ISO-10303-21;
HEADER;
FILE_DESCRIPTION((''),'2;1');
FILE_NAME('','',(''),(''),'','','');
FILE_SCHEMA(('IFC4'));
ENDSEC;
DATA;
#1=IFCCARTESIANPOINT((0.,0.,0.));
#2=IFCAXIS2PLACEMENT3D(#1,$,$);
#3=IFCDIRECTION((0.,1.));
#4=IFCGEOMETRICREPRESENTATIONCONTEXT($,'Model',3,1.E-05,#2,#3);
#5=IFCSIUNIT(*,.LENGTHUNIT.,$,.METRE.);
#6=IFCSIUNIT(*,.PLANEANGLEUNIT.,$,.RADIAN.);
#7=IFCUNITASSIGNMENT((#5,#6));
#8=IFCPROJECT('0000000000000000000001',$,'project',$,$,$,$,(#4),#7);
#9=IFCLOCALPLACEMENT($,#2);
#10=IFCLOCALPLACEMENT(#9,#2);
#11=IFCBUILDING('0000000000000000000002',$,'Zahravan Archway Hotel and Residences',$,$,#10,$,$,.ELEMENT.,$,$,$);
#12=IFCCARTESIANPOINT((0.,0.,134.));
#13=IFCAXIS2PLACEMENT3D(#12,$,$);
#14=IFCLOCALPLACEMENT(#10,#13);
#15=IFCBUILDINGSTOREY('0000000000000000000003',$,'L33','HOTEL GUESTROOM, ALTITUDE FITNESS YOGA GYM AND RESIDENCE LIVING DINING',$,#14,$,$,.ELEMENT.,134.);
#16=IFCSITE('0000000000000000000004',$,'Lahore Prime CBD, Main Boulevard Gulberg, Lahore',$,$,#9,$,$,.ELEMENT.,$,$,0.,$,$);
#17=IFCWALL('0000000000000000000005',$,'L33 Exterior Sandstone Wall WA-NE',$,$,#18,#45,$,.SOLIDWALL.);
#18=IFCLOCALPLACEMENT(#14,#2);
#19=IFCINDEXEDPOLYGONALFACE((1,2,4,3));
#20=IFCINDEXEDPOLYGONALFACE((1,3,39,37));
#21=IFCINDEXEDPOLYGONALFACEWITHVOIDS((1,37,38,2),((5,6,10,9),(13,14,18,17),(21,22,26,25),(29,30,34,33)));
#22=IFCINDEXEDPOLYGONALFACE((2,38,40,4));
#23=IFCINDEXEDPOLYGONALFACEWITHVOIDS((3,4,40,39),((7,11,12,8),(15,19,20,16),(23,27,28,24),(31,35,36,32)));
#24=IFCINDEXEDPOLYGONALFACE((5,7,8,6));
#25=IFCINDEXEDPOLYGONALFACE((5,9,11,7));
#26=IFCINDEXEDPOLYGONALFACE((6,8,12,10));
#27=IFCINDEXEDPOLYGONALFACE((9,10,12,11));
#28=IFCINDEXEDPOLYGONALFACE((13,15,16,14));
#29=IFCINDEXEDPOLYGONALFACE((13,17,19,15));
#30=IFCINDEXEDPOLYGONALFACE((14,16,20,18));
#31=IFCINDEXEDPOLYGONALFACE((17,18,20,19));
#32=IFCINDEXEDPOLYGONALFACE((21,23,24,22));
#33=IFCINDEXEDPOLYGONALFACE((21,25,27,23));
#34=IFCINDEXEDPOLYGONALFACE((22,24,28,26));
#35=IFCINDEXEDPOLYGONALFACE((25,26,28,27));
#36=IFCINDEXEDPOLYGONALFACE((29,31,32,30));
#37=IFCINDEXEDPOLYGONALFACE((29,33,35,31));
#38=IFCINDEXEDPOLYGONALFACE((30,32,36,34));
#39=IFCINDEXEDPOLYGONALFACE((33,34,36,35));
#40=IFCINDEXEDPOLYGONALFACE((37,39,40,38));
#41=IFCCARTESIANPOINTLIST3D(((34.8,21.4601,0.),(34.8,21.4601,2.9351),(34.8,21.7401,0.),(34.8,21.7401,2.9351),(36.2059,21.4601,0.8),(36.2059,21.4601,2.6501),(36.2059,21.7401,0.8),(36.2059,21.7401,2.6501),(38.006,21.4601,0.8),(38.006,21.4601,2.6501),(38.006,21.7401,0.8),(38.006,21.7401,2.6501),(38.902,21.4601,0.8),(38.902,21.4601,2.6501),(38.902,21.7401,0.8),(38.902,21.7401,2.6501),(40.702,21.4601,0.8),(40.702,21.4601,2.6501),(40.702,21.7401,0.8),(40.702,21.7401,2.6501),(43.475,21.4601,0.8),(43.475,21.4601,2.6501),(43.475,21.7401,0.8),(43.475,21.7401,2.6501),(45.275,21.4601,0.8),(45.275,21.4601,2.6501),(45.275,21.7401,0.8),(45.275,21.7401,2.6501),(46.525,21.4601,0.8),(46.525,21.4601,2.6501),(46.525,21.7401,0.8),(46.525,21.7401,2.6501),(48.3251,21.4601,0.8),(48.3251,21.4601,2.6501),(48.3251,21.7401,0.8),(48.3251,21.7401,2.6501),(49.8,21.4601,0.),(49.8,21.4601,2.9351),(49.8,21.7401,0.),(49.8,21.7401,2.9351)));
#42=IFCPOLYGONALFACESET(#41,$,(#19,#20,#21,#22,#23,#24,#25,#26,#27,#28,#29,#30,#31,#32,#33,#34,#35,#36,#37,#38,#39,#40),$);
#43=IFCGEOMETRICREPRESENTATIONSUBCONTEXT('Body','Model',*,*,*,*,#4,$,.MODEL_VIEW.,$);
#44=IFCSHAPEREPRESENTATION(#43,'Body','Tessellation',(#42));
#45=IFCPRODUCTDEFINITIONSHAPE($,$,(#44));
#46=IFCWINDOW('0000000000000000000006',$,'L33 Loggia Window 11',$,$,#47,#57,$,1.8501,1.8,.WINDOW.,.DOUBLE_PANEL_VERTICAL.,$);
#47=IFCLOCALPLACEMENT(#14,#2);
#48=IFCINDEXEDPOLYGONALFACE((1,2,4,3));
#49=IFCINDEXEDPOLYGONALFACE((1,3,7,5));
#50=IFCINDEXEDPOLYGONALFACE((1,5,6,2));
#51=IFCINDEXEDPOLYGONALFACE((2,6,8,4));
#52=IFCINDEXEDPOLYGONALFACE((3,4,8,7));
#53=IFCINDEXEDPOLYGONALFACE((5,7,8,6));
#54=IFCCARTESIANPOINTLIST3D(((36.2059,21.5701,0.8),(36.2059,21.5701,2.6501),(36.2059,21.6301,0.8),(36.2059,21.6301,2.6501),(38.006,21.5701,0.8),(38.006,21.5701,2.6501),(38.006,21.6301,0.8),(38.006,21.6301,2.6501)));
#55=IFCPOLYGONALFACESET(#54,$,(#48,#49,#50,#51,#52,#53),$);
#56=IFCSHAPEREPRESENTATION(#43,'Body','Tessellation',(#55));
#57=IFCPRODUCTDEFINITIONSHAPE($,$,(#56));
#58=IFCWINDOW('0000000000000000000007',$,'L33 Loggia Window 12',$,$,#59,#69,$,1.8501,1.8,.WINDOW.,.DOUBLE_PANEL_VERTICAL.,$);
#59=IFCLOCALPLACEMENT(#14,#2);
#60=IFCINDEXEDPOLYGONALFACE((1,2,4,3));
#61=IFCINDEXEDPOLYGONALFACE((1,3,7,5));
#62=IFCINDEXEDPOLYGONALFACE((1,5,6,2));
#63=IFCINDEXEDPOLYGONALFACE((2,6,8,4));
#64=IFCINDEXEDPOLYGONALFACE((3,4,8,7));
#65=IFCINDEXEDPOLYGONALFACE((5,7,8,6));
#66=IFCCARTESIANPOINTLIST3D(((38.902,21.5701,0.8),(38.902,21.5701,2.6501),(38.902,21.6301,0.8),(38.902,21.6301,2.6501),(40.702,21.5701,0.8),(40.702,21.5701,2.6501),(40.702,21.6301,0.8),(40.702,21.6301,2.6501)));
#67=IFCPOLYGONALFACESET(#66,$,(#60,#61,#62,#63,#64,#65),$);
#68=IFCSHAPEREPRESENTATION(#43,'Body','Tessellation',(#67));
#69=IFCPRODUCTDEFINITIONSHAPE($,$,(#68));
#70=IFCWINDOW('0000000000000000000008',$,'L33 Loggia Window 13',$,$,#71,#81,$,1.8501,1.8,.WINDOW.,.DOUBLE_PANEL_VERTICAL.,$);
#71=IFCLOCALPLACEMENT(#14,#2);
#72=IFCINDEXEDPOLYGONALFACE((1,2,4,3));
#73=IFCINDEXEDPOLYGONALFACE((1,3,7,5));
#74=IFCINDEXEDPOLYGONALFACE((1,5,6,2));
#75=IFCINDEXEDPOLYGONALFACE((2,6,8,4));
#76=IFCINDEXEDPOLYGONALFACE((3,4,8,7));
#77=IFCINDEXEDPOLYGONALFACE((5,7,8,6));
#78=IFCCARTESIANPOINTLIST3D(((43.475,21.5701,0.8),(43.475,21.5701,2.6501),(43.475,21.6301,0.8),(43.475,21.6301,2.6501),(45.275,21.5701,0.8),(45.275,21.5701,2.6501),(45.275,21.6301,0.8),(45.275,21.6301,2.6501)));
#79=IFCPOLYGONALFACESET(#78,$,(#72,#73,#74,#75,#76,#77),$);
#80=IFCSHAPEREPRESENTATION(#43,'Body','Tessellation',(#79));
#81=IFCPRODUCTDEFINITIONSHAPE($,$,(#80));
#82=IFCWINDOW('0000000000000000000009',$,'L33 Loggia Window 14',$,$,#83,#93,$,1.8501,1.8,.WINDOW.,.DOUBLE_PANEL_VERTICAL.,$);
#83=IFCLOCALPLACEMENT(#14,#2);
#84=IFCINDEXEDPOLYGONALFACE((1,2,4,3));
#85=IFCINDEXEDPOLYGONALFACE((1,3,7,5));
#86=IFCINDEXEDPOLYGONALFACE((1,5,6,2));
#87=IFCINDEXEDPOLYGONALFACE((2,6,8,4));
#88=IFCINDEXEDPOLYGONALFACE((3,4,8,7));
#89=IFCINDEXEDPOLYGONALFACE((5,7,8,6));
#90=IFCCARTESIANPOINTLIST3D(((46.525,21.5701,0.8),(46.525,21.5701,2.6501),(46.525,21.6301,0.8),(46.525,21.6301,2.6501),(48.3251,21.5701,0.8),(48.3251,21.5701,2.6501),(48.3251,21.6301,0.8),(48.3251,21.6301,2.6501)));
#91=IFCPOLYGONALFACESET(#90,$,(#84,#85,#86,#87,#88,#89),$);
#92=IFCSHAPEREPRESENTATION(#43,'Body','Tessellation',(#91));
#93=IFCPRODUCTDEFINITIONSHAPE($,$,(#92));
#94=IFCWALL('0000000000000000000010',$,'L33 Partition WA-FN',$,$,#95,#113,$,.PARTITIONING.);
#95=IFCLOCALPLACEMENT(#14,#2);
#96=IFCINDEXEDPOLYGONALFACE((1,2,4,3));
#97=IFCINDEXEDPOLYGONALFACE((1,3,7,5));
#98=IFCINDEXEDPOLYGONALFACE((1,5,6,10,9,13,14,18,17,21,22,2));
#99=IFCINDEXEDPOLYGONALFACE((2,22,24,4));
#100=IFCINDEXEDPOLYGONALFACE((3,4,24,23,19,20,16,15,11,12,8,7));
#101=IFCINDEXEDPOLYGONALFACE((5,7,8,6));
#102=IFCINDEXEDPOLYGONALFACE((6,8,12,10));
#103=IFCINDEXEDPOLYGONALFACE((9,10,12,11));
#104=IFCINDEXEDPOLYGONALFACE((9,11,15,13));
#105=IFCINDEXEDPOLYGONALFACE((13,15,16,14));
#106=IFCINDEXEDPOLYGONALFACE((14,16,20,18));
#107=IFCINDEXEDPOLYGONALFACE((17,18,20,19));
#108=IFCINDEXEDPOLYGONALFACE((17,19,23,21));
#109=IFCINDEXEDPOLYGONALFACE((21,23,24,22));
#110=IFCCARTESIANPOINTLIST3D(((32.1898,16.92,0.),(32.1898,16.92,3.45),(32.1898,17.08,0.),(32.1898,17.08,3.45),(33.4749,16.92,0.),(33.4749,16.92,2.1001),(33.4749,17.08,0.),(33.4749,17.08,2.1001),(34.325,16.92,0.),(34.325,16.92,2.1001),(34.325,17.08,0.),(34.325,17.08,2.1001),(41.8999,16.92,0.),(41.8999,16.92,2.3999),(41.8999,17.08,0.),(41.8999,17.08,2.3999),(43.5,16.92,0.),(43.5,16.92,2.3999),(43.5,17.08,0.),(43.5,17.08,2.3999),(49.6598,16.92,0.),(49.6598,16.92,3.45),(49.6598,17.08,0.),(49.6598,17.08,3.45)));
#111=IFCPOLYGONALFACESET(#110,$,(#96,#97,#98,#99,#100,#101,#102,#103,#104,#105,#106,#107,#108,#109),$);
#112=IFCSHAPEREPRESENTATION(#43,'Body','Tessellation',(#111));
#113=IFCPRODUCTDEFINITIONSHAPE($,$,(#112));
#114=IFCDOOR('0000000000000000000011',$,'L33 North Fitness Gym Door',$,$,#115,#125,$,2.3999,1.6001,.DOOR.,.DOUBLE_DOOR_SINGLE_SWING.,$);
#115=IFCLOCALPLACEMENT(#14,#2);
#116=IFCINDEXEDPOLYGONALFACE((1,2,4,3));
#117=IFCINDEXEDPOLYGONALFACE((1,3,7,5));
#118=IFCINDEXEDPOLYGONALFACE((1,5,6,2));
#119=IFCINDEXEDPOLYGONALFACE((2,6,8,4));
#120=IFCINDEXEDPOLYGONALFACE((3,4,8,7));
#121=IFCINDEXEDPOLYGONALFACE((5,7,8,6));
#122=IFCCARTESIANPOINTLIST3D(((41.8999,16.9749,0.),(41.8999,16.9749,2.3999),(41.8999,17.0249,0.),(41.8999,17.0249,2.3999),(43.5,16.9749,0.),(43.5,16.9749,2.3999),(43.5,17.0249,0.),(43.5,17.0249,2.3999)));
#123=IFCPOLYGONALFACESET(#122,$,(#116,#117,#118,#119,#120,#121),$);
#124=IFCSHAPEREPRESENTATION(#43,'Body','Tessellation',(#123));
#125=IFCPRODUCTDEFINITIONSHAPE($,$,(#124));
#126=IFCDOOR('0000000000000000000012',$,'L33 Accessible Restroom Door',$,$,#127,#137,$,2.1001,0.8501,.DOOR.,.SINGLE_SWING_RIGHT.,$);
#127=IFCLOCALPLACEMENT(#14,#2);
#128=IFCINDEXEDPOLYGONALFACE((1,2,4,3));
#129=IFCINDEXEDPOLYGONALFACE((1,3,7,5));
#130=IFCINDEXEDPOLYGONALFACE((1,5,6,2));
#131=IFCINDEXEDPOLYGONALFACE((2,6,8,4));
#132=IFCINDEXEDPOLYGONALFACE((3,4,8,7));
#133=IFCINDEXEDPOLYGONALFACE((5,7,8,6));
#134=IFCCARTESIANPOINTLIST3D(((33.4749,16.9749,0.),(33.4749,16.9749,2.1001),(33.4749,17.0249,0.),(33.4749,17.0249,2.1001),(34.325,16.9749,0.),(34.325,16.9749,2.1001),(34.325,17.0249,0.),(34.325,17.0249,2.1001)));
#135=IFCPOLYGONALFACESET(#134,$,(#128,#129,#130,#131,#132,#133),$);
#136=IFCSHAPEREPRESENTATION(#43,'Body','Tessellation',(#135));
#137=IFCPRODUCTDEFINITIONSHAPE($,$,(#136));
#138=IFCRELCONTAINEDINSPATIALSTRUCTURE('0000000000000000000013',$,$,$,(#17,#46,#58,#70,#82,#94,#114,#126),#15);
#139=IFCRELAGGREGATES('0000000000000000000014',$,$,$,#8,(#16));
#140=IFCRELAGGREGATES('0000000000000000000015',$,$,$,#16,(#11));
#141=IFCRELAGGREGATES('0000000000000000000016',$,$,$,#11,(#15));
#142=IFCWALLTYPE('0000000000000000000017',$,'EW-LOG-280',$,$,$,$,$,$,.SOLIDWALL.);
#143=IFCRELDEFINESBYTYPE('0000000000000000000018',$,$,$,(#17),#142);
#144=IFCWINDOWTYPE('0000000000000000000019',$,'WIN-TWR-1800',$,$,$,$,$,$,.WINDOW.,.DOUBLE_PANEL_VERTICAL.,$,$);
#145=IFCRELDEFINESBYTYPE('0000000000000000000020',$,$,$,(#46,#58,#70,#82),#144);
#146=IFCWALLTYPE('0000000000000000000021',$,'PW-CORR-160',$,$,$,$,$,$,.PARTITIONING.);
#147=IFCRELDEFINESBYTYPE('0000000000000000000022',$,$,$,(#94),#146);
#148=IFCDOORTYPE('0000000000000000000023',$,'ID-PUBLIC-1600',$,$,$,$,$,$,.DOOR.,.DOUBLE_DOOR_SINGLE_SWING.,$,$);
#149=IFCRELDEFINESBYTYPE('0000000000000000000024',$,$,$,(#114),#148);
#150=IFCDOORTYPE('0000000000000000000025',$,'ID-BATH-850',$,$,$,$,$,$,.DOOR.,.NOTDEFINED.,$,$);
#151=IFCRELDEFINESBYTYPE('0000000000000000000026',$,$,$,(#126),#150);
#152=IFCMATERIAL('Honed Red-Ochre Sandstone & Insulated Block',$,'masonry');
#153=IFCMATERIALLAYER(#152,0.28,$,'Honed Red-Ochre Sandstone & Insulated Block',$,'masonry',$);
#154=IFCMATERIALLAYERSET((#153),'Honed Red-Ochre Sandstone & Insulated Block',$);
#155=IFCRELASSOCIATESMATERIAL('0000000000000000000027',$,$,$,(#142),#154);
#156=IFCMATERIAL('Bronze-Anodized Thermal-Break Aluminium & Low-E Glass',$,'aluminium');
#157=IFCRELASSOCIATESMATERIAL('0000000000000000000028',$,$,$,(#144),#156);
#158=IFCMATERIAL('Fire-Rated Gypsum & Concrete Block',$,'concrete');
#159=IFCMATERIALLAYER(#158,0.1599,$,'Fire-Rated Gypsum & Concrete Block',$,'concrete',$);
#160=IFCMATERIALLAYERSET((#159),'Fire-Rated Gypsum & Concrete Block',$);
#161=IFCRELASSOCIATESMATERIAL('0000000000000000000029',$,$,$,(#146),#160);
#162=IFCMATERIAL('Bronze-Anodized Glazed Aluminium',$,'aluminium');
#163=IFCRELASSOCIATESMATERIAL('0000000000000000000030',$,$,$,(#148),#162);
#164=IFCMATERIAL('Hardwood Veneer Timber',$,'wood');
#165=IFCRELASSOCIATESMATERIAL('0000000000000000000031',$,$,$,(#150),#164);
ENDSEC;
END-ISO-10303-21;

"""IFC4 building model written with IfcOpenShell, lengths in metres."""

from ifc_helpers import new_model, si_unit, direction, frame, frame_2d, origin, place, context, subcontext, project, spatial, rectangle, extrude, source, transform, mapped, material, layer, layer_set, type_object, type_shapes, element, fill, save


model = new_model("IFC4")

# Units and contexts
model_context = context("Model", 3, precision=1e-05, world=origin(), true_north=direction((0.0, 1.0)))
body_context = subcontext(model_context, "Body", "Model", "MODEL_VIEW")
ifc_project = project(units=[si_unit("LENGTHUNIT", "METRE"), si_unit("PLANEANGLEUNIT", "RADIAN")], contexts=[model_context])

# Site, building, storey
site_placement = place(None, origin())
site = spatial("IfcSite", under=ifc_project, at=site_placement, Name="Lahore Prime CBD, Main Boulevard Gulberg, Lahore", CompositionType="ELEMENT", RefElevation=0.0)
building_placement = place(site_placement, origin())
building = spatial("IfcBuilding", under=site, at=building_placement, Name="Zahravan Archway Hotel and Residences", CompositionType="ELEMENT")
storey_placement = place(building_placement, frame((0.0, 0.0, 134.0)))
storey = spatial("IfcBuildingStorey", under=building, at=storey_placement, Name="L33", Description="HOTEL GUESTROOM, ALTITUDE FITNESS YOGA GYM AND RESIDENCE LIVING DINING", CompositionType="ELEMENT", Elevation=134.0)

# Wall, openings, windows
ifc_material_1 = material(Name="Honed Red-Ochre Sandstone & Insulated Block", Category="masonry")
ifc_layer_1 = layer(ifc_material_1, 0.28, Name="Honed Red-Ochre Sandstone & Insulated Block", Category="masonry")
ifc_layer_set_1 = layer_set([ifc_layer_1], Name="Honed Red-Ochre Sandstone & Insulated Block")
wall_type_1 = type_object("IfcWallType", Name="EW-LOG-280", PredefinedType="SOLIDWALL", material=ifc_layer_set_1)
wall_1_placement = place(storey_placement, frame((34.8, 21.6001, 0.0), z_axis=(0.0, 0.0, 1.0), x_axis=(1.0, 0.0, 0.0)))
wall_1 = element("IfcWall", 1, at=wall_1_placement, inside=storey, type_object=wall_type_1, Name="L33 Exterior Sandstone Wall WA-NE", PredefinedType="SOLIDWALL", context=body_context, shape_type="SweptSolid", body=[
    extrude(rectangle(XDim=15.0, YDim=0.28, at=frame_2d((7.5, 0.0))), origin(), (0.0, 0.0, 1.0), 2.9351),
])
opening_1_placement = place(wall_1_placement, frame((1.406, 0.0, 0.8)))
opening_1 = element("IfcOpeningElement", 2, at=opening_1_placement, cuts=wall_1, PredefinedType="OPENING", context=body_context, shape_type="SweptSolid", body=[
    extrude(rectangle(XDim=1.8, YDim=1.8501, at=frame_2d((0.8999, 0.925))), frame((0.0, 0.1499, 0.0), z_axis=(0.0, -1.0, 0.0), x_axis=(1.0, 0.0, 0.0)), (0.0, 0.0, 1.0), 0.3),
])
opening_2_placement = place(wall_1_placement, frame((4.1021, 0.0, 0.8)))
opening_2 = element("IfcOpeningElement", 3, at=opening_2_placement, cuts=wall_1, PredefinedType="OPENING", context=body_context, shape_type="SweptSolid", body=[
    extrude(rectangle(XDim=1.8, YDim=1.8501, at=frame_2d((0.8999, 0.925))), frame((0.0, 0.1499, 0.0), z_axis=(0.0, -1.0, 0.0), x_axis=(1.0, 0.0, 0.0)), (0.0, 0.0, 1.0), 0.3),
])
opening_3_placement = place(wall_1_placement, frame((8.675, 0.0, 0.8)))
opening_3 = element("IfcOpeningElement", 4, at=opening_3_placement, cuts=wall_1, PredefinedType="OPENING", context=body_context, shape_type="SweptSolid", body=[
    extrude(rectangle(XDim=1.8, YDim=1.8501, at=frame_2d((0.8999, 0.925))), frame((0.0, 0.1499, 0.0), z_axis=(0.0, -1.0, 0.0), x_axis=(1.0, 0.0, 0.0)), (0.0, 0.0, 1.0), 0.3),
])
opening_4_placement = place(wall_1_placement, frame((11.7251, 0.0, 0.8)))
opening_4 = element("IfcOpeningElement", 5, at=opening_4_placement, cuts=wall_1, PredefinedType="OPENING", context=body_context, shape_type="SweptSolid", body=[
    extrude(rectangle(XDim=1.8, YDim=1.8501, at=frame_2d((0.8999, 0.925))), frame((0.0, 0.1499, 0.0), z_axis=(0.0, -1.0, 0.0), x_axis=(1.0, 0.0, 0.0)), (0.0, 0.0, 1.0), 0.3),
])
ifc_material_2 = material(Name="Bronze-Anodized Thermal-Break Aluminium & Low-E Glass", Category="aluminium")
window_type = type_object("IfcWindowType", Name="WIN-TWR-1800", PartitioningType="DOUBLE_PANEL_VERTICAL", PredefinedType="WINDOW", material=ifc_material_2)
shared_shape_1 = source(origin(), body_context, "Body", "SweptSolid", [
    extrude(rectangle(XDim=1.8, YDim=1.8501, at=frame_2d((0.8999, 0.925))), frame((0.0, 0.03, 0.0), z_axis=(0.0, -1.0, 0.0), x_axis=(1.0, 0.0, 0.0)), (0.0, 0.0, 1.0), 0.0601),
])
type_shapes(window_type, [shared_shape_1])
window_1_placement = place(opening_1_placement, origin())
window_1 = element("IfcWindow", 6, at=window_1_placement, inside=storey, type_object=window_type, Name="L33 Loggia Window 11", OverallHeight=1.8501, OverallWidth=1.8, PartitioningType="DOUBLE_PANEL_VERTICAL", PredefinedType="WINDOW", context=body_context, shape_type="MappedRepresentation", body=[
    mapped(shared_shape_1, transform((0.0, 0.0, 0.0), scale=1.0)),
])
fill(opening_1, window_1)
window_2_placement = place(opening_2_placement, origin())
window_2 = element("IfcWindow", 7, at=window_2_placement, inside=storey, type_object=window_type, Name="L33 Loggia Window 12", OverallHeight=1.8501, OverallWidth=1.8, PartitioningType="DOUBLE_PANEL_VERTICAL", PredefinedType="WINDOW", context=body_context, shape_type="MappedRepresentation", body=[
    mapped(shared_shape_1, transform((0.0, 0.0, 0.0), scale=1.0)),
])
fill(opening_2, window_2)
window_3_placement = place(opening_3_placement, origin())
window_3 = element("IfcWindow", 8, at=window_3_placement, inside=storey, type_object=window_type, Name="L33 Loggia Window 13", OverallHeight=1.8501, OverallWidth=1.8, PartitioningType="DOUBLE_PANEL_VERTICAL", PredefinedType="WINDOW", context=body_context, shape_type="MappedRepresentation", body=[
    mapped(shared_shape_1, transform((0.0, 0.0, 0.0), scale=1.0)),
])
fill(opening_3, window_3)
window_4_placement = place(opening_4_placement, origin())
window_4 = element("IfcWindow", 9, at=window_4_placement, inside=storey, type_object=window_type, Name="L33 Loggia Window 14", OverallHeight=1.8501, OverallWidth=1.8, PartitioningType="DOUBLE_PANEL_VERTICAL", PredefinedType="WINDOW", context=body_context, shape_type="MappedRepresentation", body=[
    mapped(shared_shape_1, transform((0.0, 0.0, 0.0), scale=1.0)),
])
fill(opening_4, window_4)

# Wall, openings, doors
ifc_material_3 = material(Name="Fire-Rated Gypsum & Concrete Block", Category="concrete")
ifc_layer_2 = layer(ifc_material_3, 0.1599, Name="Fire-Rated Gypsum & Concrete Block", Category="concrete")
ifc_layer_set_2 = layer_set([ifc_layer_2], Name="Fire-Rated Gypsum & Concrete Block")
wall_type_2 = type_object("IfcWallType", Name="PW-CORR-160", PredefinedType="PARTITIONING", material=ifc_layer_set_2)
wall_2_placement = place(storey_placement, frame((32.1899, 17.0, 0.0), z_axis=(0.0, 0.0, 1.0), x_axis=(1.0, 0.0, 0.0)))
wall_2 = element("IfcWall", 10, at=wall_2_placement, inside=storey, type_object=wall_type_2, Name="L33 Partition WA-FN", PredefinedType="PARTITIONING", context=body_context, shape_type="SweptSolid", body=[
    extrude(rectangle(XDim=17.47, YDim=0.1599, at=frame_2d((8.7349, 0.0))), origin(), (0.0, 0.0, 1.0), 3.45),
])
opening_5_placement = place(wall_2_placement, frame((1.2849, 0.0, 0.0)))
opening_5 = element("IfcOpeningElement", 11, at=opening_5_placement, cuts=wall_2, PredefinedType="OPENING", context=body_context, shape_type="SweptSolid", body=[
    extrude(rectangle(XDim=0.8501, YDim=2.1001, at=frame_2d((0.425, 1.05))), frame((0.0, 0.0898, 0.0), z_axis=(0.0, -1.0, 0.0), x_axis=(1.0, 0.0, 0.0)), (0.0, 0.0, 1.0), 0.1799),
])
opening_6_placement = place(wall_2_placement, frame((9.71, 0.0, 0.0)))
opening_6 = element("IfcOpeningElement", 12, at=opening_6_placement, cuts=wall_2, PredefinedType="OPENING", context=body_context, shape_type="SweptSolid", body=[
    extrude(rectangle(XDim=1.6001, YDim=2.3999, at=frame_2d((0.8, 1.2))), frame((0.0, 0.0898, 0.0), z_axis=(0.0, -1.0, 0.0), x_axis=(1.0, 0.0, 0.0)), (0.0, 0.0, 1.0), 0.1799),
])
ifc_material_4 = material(Name="Bronze-Anodized Glazed Aluminium", Category="aluminium")
door_type_1 = type_object("IfcDoorType", Name="ID-PUBLIC-1600", OperationType="DOUBLE_DOOR_SINGLE_SWING", PredefinedType="DOOR", material=ifc_material_4)
shared_shape_2 = source(origin(), body_context, "Body", "SweptSolid", [
    extrude(rectangle(XDim=1.6001, YDim=2.3999, at=frame_2d((0.8, 1.2))), frame((0.0, 0.0249, 0.0), z_axis=(0.0, -1.0, 0.0), x_axis=(1.0, 0.0, 0.0)), (0.0, 0.0, 1.0), 0.05),
])
type_shapes(door_type_1, [shared_shape_2])
door_1_placement = place(opening_6_placement, origin())
door_1 = element("IfcDoor", 13, at=door_1_placement, inside=storey, type_object=door_type_1, Name="L33 North Fitness Gym Door", OperationType="DOUBLE_DOOR_SINGLE_SWING", OverallHeight=2.3999, OverallWidth=1.6001, PredefinedType="DOOR", context=body_context, shape_type="MappedRepresentation", body=[
    mapped(shared_shape_2, transform((0.0, 0.0, 0.0), scale=1.0)),
])
fill(opening_6, door_1)
ifc_material_5 = material(Name="Hardwood Veneer Timber", Category="wood")
door_type_2 = type_object("IfcDoorType", Name="ID-BATH-850", OperationType="NOTDEFINED", PredefinedType="DOOR", material=ifc_material_5)
shared_shape_3 = source(origin(), body_context, "Body", "SweptSolid", [
    extrude(rectangle(XDim=0.8501, YDim=2.1001, at=frame_2d((0.425, 1.05))), frame((0.0, 0.0249, 0.0), z_axis=(0.0, -1.0, 0.0), x_axis=(1.0, 0.0, 0.0)), (0.0, 0.0, 1.0), 0.05),
])
type_shapes(door_type_2, [shared_shape_3])
door_2_placement = place(opening_5_placement, origin())
door_2 = element("IfcDoor", 14, at=door_2_placement, inside=storey, type_object=door_type_2, Name="L33 Accessible Restroom Door", OperationType="SINGLE_SWING_RIGHT", OverallHeight=2.1001, OverallWidth=0.8501, PredefinedType="DOOR", context=body_context, shape_type="MappedRepresentation", body=[
    mapped(shared_shape_3, transform((0.0, 0.0, 0.0), scale=1.0)),
])
fill(opening_5, door_2)

save(model, "model.ifc")
